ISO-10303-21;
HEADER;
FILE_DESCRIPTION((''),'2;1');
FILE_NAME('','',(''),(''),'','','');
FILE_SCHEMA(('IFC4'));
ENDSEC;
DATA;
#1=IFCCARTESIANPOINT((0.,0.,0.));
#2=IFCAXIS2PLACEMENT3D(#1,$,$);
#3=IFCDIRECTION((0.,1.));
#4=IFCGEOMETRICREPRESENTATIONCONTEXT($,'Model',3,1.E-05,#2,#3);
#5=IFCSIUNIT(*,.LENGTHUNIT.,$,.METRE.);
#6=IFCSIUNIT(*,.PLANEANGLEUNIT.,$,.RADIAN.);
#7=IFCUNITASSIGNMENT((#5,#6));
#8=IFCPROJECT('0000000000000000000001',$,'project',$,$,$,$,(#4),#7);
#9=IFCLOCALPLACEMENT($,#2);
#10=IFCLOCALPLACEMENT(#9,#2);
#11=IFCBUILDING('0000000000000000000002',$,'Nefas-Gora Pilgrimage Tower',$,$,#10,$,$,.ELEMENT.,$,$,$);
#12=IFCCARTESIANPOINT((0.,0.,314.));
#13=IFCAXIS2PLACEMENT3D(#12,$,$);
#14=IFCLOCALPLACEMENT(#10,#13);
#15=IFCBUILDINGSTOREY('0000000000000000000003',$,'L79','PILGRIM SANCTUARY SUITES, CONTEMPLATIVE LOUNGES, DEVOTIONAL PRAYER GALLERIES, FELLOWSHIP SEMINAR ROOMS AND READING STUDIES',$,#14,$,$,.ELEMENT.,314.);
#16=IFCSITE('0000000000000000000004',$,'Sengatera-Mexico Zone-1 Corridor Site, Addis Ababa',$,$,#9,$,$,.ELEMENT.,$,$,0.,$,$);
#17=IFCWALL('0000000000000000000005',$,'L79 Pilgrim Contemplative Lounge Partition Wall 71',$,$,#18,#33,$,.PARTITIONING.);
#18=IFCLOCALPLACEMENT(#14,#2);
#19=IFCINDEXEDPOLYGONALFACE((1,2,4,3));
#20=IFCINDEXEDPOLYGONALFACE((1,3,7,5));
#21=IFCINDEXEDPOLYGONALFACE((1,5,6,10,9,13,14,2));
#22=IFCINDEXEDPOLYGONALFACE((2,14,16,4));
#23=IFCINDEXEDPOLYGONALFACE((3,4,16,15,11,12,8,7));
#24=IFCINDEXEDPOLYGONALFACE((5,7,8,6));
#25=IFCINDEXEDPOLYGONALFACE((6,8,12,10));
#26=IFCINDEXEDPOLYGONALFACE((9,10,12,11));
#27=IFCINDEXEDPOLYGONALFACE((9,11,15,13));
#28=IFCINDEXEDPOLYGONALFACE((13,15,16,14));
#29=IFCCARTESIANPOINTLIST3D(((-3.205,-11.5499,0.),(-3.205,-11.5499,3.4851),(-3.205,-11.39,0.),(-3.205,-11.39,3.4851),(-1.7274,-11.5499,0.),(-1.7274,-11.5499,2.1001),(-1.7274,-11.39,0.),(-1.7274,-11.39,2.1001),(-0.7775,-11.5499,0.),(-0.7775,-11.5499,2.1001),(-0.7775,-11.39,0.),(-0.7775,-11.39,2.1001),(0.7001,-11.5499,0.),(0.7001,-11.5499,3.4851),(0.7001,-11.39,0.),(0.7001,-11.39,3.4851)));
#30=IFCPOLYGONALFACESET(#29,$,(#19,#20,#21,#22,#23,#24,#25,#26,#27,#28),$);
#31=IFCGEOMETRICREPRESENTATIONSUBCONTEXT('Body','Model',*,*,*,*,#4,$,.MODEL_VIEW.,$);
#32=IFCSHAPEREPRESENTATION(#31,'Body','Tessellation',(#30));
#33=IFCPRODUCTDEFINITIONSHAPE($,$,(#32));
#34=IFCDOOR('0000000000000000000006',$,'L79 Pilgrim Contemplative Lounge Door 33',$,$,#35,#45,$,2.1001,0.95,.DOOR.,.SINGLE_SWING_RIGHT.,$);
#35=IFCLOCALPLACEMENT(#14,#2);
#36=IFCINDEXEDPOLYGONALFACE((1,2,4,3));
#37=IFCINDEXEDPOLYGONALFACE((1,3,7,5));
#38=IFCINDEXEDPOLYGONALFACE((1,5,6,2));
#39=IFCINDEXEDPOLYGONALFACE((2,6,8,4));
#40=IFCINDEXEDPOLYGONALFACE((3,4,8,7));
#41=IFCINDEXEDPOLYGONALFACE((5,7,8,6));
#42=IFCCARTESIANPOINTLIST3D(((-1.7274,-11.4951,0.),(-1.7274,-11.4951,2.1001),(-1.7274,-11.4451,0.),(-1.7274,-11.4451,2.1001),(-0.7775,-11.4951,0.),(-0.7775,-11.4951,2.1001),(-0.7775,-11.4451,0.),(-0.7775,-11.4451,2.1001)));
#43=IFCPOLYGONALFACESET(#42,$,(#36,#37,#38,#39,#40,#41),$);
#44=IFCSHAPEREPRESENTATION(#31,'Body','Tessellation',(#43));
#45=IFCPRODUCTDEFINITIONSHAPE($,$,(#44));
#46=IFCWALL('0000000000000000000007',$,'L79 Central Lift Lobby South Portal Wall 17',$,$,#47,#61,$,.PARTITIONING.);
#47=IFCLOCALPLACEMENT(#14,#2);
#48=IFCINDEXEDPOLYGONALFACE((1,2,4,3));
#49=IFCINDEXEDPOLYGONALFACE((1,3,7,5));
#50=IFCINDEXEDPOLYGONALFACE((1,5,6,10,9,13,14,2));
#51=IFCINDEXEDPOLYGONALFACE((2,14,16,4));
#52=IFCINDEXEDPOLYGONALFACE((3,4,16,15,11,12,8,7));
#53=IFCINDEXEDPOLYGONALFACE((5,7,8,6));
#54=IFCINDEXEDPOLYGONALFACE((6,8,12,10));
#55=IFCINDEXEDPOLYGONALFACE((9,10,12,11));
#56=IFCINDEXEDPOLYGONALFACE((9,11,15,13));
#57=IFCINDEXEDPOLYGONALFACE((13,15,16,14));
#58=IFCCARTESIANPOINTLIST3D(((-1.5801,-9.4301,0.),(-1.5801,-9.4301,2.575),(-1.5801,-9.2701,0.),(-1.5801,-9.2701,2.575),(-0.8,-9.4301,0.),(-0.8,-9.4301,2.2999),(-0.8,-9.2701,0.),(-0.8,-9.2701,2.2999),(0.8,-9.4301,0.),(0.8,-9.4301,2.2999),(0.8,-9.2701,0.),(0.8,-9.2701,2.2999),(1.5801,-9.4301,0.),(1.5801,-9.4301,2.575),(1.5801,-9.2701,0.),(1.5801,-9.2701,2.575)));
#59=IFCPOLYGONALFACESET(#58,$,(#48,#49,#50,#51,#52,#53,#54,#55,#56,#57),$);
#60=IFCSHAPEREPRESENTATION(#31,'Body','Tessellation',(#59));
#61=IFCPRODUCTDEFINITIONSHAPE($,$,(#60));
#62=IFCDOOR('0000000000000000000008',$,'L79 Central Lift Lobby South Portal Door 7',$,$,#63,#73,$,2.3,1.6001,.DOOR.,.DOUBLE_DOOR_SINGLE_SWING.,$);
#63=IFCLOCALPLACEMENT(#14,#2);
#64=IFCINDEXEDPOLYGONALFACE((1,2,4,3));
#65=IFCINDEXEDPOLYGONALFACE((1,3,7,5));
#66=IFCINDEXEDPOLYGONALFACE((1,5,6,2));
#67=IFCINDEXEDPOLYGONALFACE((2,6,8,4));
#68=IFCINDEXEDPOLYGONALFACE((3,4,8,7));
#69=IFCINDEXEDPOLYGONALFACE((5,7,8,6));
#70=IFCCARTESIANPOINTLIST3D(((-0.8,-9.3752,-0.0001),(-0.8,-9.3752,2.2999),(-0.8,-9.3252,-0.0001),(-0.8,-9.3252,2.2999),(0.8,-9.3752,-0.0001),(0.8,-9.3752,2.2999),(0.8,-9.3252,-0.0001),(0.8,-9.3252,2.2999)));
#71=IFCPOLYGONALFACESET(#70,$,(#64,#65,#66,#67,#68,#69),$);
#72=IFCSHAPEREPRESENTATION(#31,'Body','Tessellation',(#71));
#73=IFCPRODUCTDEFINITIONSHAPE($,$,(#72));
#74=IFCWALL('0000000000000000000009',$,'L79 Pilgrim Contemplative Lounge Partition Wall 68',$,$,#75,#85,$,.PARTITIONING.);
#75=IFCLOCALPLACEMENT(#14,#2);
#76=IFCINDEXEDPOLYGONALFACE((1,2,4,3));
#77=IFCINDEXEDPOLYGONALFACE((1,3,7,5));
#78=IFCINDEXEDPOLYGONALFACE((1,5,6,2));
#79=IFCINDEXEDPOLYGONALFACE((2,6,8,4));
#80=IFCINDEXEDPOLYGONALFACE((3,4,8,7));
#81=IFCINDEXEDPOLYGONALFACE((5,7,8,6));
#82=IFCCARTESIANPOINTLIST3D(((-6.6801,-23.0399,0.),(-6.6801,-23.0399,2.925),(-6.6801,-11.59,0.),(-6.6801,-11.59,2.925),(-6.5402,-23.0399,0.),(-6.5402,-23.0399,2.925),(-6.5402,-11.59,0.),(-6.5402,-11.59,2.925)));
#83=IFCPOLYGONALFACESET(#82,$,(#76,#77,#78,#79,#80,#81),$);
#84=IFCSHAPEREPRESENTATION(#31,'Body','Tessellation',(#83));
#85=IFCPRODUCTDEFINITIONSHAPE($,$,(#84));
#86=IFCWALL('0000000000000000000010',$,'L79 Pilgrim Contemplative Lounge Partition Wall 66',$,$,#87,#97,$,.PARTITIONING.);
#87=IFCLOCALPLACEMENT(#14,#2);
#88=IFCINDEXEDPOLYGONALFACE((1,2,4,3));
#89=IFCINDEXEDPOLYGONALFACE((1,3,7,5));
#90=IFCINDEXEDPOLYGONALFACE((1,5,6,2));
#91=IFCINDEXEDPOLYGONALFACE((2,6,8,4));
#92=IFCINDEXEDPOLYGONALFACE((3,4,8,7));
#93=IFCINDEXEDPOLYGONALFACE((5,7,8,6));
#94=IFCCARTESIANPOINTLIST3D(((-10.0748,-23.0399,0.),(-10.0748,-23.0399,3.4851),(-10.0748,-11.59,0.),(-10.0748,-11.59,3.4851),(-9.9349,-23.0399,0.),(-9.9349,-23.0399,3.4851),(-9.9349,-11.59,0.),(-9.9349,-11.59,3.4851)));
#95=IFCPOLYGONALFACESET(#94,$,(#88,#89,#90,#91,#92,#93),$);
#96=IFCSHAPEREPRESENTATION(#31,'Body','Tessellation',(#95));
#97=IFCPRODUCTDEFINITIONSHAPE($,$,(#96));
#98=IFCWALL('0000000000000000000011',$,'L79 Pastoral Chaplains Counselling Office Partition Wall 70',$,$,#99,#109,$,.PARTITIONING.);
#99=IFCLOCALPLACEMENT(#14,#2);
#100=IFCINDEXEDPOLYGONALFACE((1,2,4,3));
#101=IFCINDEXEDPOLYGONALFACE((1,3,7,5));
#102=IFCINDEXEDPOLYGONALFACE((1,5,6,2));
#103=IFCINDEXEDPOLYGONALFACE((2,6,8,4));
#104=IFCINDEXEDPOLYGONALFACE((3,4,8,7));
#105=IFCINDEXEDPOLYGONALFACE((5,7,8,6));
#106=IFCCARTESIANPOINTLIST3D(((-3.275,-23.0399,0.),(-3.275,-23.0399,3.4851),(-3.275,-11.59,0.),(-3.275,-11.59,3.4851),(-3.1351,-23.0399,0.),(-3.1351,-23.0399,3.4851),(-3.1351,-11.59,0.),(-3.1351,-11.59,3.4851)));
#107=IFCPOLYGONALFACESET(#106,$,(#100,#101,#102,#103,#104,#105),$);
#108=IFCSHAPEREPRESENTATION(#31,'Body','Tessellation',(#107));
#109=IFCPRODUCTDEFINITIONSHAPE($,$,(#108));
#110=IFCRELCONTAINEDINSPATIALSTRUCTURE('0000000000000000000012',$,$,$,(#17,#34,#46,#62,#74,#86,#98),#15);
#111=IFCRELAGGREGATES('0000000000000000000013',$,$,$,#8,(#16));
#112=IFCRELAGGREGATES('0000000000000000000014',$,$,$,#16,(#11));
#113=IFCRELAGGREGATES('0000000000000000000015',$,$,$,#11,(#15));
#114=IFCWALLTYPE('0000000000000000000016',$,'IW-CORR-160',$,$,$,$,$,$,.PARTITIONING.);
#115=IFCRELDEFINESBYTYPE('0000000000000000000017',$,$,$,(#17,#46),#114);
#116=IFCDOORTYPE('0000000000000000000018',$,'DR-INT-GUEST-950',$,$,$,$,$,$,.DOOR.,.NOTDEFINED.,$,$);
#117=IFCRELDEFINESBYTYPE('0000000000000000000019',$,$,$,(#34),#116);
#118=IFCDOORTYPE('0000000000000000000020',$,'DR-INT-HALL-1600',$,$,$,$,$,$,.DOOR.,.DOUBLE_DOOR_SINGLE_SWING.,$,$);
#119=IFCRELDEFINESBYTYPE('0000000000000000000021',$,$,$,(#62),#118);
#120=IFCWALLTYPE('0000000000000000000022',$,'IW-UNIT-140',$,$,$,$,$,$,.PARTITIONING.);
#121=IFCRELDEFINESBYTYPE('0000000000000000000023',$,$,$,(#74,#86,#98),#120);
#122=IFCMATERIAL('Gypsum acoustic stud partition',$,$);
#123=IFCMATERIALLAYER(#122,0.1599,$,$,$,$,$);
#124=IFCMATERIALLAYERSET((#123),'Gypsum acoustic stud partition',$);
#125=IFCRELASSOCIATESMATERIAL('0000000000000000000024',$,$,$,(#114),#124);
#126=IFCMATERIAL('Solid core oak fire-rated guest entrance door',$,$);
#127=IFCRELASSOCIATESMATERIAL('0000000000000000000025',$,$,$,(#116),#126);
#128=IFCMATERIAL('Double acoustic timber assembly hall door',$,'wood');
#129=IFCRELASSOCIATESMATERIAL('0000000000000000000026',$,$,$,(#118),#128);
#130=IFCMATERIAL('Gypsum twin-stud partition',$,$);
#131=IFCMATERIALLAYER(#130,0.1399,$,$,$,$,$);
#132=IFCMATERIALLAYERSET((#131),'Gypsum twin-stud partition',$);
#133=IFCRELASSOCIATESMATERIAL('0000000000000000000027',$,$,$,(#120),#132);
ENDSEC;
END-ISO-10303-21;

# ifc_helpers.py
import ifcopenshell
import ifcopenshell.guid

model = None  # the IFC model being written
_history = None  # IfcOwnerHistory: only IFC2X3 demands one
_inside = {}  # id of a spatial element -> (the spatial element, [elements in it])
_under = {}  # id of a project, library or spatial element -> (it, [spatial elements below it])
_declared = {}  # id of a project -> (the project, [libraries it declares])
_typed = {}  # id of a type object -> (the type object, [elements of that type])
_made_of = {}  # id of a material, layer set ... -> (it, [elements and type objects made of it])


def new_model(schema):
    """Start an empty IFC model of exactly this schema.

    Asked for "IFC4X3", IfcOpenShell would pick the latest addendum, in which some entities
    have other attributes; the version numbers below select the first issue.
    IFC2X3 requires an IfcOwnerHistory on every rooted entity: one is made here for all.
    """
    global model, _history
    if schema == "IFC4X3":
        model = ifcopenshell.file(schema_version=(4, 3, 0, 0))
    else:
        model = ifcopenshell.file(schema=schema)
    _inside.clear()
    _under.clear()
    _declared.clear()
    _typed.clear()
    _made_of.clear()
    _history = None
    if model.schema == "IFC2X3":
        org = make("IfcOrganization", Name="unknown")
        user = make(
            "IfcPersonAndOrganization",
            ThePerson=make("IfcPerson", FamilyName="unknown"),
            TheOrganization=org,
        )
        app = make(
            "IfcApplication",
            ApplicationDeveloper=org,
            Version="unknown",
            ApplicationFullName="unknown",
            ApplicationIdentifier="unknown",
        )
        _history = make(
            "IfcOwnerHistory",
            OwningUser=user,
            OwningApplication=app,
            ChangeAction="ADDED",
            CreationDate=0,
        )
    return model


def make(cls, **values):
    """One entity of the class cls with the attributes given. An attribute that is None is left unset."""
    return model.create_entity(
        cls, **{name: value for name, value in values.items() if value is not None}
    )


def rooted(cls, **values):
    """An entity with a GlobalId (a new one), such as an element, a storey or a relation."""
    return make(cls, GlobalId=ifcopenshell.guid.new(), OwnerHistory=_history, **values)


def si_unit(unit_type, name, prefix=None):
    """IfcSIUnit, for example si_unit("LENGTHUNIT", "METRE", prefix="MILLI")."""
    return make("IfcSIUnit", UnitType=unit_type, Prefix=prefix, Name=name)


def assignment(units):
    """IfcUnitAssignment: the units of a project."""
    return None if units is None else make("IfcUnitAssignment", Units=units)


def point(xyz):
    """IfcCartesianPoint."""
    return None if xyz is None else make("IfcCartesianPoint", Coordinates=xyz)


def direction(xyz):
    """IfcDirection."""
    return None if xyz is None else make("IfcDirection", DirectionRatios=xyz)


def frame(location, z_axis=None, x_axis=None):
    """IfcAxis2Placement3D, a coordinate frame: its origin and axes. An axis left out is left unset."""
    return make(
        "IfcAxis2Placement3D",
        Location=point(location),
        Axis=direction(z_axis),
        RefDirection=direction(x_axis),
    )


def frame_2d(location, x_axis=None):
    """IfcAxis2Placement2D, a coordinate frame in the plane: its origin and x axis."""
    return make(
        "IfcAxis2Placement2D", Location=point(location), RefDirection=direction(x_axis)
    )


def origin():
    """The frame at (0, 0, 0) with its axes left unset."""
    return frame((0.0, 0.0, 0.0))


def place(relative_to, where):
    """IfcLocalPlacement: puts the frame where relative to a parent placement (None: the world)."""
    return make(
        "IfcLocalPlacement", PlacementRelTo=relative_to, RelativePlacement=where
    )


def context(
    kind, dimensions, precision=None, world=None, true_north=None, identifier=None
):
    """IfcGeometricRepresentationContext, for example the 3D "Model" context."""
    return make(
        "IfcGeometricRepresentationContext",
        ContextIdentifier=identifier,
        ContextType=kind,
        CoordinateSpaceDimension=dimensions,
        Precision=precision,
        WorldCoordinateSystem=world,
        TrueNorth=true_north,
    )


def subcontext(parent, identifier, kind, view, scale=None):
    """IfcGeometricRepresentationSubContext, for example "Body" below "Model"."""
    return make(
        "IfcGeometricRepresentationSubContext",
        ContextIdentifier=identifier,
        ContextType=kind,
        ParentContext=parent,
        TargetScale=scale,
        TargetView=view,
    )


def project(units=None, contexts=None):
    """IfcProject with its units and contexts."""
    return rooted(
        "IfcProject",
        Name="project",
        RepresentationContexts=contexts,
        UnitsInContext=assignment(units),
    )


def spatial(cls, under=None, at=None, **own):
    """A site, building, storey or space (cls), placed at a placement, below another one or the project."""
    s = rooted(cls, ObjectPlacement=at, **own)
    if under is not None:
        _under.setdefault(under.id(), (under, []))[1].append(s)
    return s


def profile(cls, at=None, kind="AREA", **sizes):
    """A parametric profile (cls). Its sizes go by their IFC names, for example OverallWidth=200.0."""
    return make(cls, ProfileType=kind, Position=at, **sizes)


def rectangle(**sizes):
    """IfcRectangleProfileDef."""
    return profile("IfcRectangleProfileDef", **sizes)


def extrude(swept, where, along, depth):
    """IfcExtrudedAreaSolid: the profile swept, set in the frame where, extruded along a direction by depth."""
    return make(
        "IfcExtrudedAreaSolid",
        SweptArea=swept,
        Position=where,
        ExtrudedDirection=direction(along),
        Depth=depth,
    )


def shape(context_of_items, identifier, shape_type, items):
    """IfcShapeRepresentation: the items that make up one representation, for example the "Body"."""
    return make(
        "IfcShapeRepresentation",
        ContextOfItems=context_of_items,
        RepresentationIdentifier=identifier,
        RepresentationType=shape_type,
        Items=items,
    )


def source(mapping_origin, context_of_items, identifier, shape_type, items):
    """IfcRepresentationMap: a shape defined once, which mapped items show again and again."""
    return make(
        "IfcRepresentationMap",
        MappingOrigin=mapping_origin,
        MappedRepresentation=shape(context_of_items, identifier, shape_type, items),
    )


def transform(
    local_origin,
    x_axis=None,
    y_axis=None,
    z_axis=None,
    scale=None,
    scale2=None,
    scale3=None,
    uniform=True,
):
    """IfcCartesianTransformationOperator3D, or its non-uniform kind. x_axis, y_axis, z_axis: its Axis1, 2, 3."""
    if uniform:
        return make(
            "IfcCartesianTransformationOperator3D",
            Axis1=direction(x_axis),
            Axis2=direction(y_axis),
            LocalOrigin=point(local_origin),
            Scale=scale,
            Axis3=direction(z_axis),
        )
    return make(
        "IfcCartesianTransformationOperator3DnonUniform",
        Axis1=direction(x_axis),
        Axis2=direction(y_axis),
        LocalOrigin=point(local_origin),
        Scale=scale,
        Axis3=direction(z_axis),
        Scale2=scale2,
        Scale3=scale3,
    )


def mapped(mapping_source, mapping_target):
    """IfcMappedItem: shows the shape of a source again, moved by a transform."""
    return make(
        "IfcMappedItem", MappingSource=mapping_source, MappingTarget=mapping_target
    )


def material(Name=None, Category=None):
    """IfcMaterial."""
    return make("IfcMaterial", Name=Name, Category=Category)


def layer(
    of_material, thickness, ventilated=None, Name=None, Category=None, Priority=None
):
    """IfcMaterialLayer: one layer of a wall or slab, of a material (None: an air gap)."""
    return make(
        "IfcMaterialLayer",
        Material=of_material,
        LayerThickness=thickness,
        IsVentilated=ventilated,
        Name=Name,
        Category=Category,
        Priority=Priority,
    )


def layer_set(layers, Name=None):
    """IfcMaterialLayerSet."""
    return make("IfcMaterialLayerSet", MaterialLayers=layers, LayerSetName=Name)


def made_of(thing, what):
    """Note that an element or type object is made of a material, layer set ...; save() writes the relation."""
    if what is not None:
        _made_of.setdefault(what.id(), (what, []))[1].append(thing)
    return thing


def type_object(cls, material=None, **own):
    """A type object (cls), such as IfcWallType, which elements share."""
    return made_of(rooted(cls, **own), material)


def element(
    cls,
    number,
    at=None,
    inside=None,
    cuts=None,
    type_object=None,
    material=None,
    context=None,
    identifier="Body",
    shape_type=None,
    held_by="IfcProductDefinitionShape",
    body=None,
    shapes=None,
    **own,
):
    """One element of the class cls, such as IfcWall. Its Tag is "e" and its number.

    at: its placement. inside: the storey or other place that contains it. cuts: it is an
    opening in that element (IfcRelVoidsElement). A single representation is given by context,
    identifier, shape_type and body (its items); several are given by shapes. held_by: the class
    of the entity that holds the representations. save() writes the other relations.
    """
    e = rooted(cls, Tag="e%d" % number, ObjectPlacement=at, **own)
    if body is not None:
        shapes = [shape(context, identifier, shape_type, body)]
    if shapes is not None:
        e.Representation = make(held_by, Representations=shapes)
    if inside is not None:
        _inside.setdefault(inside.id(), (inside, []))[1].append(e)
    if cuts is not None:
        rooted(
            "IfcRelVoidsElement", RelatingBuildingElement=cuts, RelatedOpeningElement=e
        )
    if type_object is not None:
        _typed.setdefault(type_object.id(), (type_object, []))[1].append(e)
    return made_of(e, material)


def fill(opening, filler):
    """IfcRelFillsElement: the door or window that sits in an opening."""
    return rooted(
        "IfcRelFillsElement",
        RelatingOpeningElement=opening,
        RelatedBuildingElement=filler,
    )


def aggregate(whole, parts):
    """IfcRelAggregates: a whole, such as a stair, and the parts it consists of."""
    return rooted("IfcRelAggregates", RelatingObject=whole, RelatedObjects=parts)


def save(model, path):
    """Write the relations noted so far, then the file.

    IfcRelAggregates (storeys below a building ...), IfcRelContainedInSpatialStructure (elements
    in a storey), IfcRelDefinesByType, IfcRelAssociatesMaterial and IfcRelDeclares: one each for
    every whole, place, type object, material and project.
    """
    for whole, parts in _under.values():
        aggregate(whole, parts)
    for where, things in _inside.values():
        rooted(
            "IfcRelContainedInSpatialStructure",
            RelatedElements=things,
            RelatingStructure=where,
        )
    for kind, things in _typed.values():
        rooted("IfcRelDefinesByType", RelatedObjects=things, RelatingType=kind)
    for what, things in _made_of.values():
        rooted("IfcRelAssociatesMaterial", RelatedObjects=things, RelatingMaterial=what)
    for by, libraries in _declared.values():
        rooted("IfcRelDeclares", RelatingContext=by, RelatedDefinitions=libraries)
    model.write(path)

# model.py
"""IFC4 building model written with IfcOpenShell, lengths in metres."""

from ifc_helpers import new_model, si_unit, direction, frame, frame_2d, origin, place, context, subcontext, project, spatial, rectangle, extrude, source, transform, mapped, material, layer, layer_set, type_object, element, fill, save


model = new_model("IFC4")

# Units and contexts
model_context = context("Model", 3, precision=1e-05, world=origin(), true_north=direction((0.0, 1.0)))
body_context = subcontext(model_context, "Body", "Model", "MODEL_VIEW")
ifc_project = project(units=[si_unit("LENGTHUNIT", "METRE"), si_unit("PLANEANGLEUNIT", "RADIAN")], contexts=[model_context])

# Site, building, storey
site_placement = place(None, origin())
site = spatial("IfcSite", under=ifc_project, at=site_placement, Name="Sengatera-Mexico Zone-1 Corridor Site, Addis Ababa", CompositionType="ELEMENT", RefElevation=0.0)
building_placement = place(site_placement, origin())
building = spatial("IfcBuilding", under=site, at=building_placement, Name="Nefas-Gora Pilgrimage Tower", CompositionType="ELEMENT")
storey_placement = place(building_placement, frame((0.0, 0.0, 314.0)))
storey = spatial("IfcBuildingStorey", under=building, at=storey_placement, Name="L79", Description="PILGRIM SANCTUARY SUITES, CONTEMPLATIVE LOUNGES, DEVOTIONAL PRAYER GALLERIES, FELLOWSHIP SEMINAR ROOMS AND READING STUDIES", CompositionType="ELEMENT", Elevation=314.0)

# Walls, openings, doors
ifc_material_1 = material(Name="Gypsum acoustic stud partition")
ifc_layer_1 = layer(ifc_material_1, 0.1599)
ifc_layer_set_1 = layer_set([ifc_layer_1], Name="Gypsum acoustic stud partition")
wall_type_1 = type_object("IfcWallType", Name="IW-CORR-160", PredefinedType="PARTITIONING", material=ifc_layer_set_1)
ifc_material_2 = material(Name="Solid core oak fire-rated guest entrance door")
door_type_1 = type_object("IfcDoorType", Name="DR-INT-GUEST-950", OperationType="NOTDEFINED", PredefinedType="DOOR", material=ifc_material_2)
shared_shape_1 = source(origin(), body_context, "Body", "SweptSolid", [
    extrude(rectangle(XDim=0.95, YDim=2.1001, at=frame_2d((0.4751, 1.05))), frame((0.0, 0.0249, 0.0), z_axis=(0.0, -1.0, 0.0), x_axis=(1.0, 0.0, 0.0)), (0.0, 0.0, 1.0), 0.05),
])
shared_shape_2 = source(origin(), body_context, "Body", "SweptSolid", [
    extrude(rectangle(XDim=3.905, YDim=0.1599, at=frame_2d((1.9526, 0.0))), origin(), (0.0, 0.0, 1.0), 3.4851),
])
wall_1_placement = place(storey_placement, frame((-3.2051, -11.47, 0.0), z_axis=(0.0, 0.0, 1.0), x_axis=(1.0, 0.0, 0.0)))
wall_1 = element("IfcWall", 1, at=wall_1_placement, inside=storey, type_object=wall_type_1, Name="L79 Pilgrim Contemplative Lounge Partition Wall 71", PredefinedType="PARTITIONING", context=body_context, shape_type="MappedRepresentation", body=[
    mapped(shared_shape_2, transform((0.0, 0.0, 0.0), x_axis=(1.0, 0.0, 0.0), y_axis=(0.0, 1.0, 0.0), z_axis=(0.0, 0.0, 1.0), scale=1.0)),
])
opening_1_placement = place(wall_1_placement, frame((1.4775, 0.0, 0.0)))
opening_1 = element("IfcOpeningElement", 2, at=opening_1_placement, cuts=wall_1, PredefinedType="OPENING", context=body_context, shape_type="SweptSolid", body=[
    extrude(rectangle(XDim=0.95, YDim=2.1001, at=frame_2d((0.4751, 1.05))), frame((0.0, 0.0898, 0.0), z_axis=(0.0, -1.0, 0.0), x_axis=(1.0, 0.0, 0.0)), (0.0, 0.0, 1.0), 0.1799),
])
door_1_placement = place(opening_1_placement, origin())
door_1 = element("IfcDoor", 3, at=door_1_placement, inside=storey, type_object=door_type_1, Name="L79 Pilgrim Contemplative Lounge Door 33", OperationType="SINGLE_SWING_RIGHT", OverallHeight=2.1001, OverallWidth=0.95, PredefinedType="DOOR", context=body_context, shape_type="MappedRepresentation", body=[
    mapped(shared_shape_1, transform((0.0, 0.0, 0.0), x_axis=(1.0, 0.0, 0.0), y_axis=(0.0, 1.0, 0.0), z_axis=(0.0, 0.0, 1.0), scale=1.0)),
])
fill(opening_1, door_1)
shared_shape_3 = source(origin(), body_context, "Body", "SweptSolid", [
    extrude(rectangle(XDim=3.1602, YDim=0.1599, at=frame_2d((1.5801, 0.0))), origin(), (0.0, 0.0, 1.0), 2.575),
])
wall_2_placement = place(storey_placement, frame((-1.5801, -9.3501, 0.0), z_axis=(0.0, 0.0, 1.0), x_axis=(1.0, 0.0, 0.0)))
wall_2 = element("IfcWall", 4, at=wall_2_placement, inside=storey, type_object=wall_type_1, Name="L79 Central Lift Lobby South Portal Wall 17", PredefinedType="PARTITIONING", context=body_context, shape_type="MappedRepresentation", body=[
    mapped(shared_shape_3, transform((0.0, 0.0, 0.0), x_axis=(1.0, 0.0, 0.0), y_axis=(0.0, 1.0, 0.0), z_axis=(0.0, 0.0, 1.0), scale=1.0)),
])
opening_2_placement = place(wall_2_placement, frame((0.78, 0.0, 0.0)))
opening_2 = element("IfcOpeningElement", 5, at=opening_2_placement, cuts=wall_2, PredefinedType="OPENING", context=body_context, shape_type="SweptSolid", body=[
    extrude(rectangle(XDim=1.6001, YDim=2.3, at=frame_2d((0.8, 1.1499))), frame((0.0, 0.0898, 0.0), z_axis=(0.0, -1.0, 0.0), x_axis=(1.0, 0.0, 0.0)), (0.0, 0.0, 1.0), 0.1799),
])
ifc_material_3 = material(Name="Double acoustic timber assembly hall door", Category="wood")
door_type_2 = type_object("IfcDoorType", Name="DR-INT-HALL-1600", OperationType="DOUBLE_DOOR_SINGLE_SWING", PredefinedType="DOOR", material=ifc_material_3)
shared_shape_4 = source(origin(), body_context, "Body", "SweptSolid", [
    extrude(rectangle(XDim=1.6001, YDim=2.3, at=frame_2d((0.8, 1.1499))), frame((0.0, 0.0249, 0.0), z_axis=(0.0, -1.0, 0.0), x_axis=(1.0, 0.0, 0.0)), (0.0, 0.0, 1.0), 0.05),
])
door_2_placement = place(opening_2_placement, origin())
door_2 = element("IfcDoor", 6, at=door_2_placement, inside=storey, type_object=door_type_2, Name="L79 Central Lift Lobby South Portal Door 7", OperationType="DOUBLE_DOOR_SINGLE_SWING", OverallHeight=2.3, OverallWidth=1.6001, PredefinedType="DOOR", context=body_context, shape_type="MappedRepresentation", body=[
    mapped(shared_shape_4, transform((0.0, 0.0, 0.0), x_axis=(1.0, 0.0, 0.0), y_axis=(0.0, 1.0, 0.0), z_axis=(0.0, 0.0, 1.0), scale=1.0)),
])
fill(opening_2, door_2)

# Walls
ifc_material_4 = material(Name="Gypsum twin-stud partition")
ifc_layer_2 = layer(ifc_material_4, 0.1399)
ifc_layer_set_2 = layer_set([ifc_layer_2], Name="Gypsum twin-stud partition")
wall_type_2 = type_object("IfcWallType", Name="IW-UNIT-140", PredefinedType="PARTITIONING", material=ifc_layer_set_2)
shared_shape_5 = source(origin(), body_context, "Body", "SweptSolid", [
    extrude(rectangle(XDim=11.45, YDim=0.1399, at=frame_2d((5.7251, 0.0))), origin(), (0.0, 0.0, 1.0), 2.925),
])
wall_3_placement = place(storey_placement, frame((-6.6101, -23.04, 0.0), z_axis=(0.0, 0.0, 1.0), x_axis=(0.0, 1.0, 0.0)))
element("IfcWall", 7, at=wall_3_placement, inside=storey, type_object=wall_type_2, Name="L79 Pilgrim Contemplative Lounge Partition Wall 68", PredefinedType="PARTITIONING", context=body_context, shape_type="MappedRepresentation", body=[
    mapped(shared_shape_5, transform((0.0, 0.0, 0.0), x_axis=(1.0, 0.0, 0.0), y_axis=(0.0, 1.0, 0.0), z_axis=(0.0, 0.0, 1.0), scale=1.0)),
])
shared_shape_6 = source(origin(), body_context, "Body", "SweptSolid", [
    extrude(rectangle(XDim=11.45, YDim=0.1399, at=frame_2d((5.7251, 0.0))), origin(), (0.0, 0.0, 1.0), 3.4851),
])
for number, where, z_axis, x_axis, name in (
    (8, (-10.0049, -23.04, 0.0), (0.0, 0.0, 1.0), (0.0, 1.0, 0.0), "L79 Pilgrim Contemplative Lounge Partition Wall 66"),
    (9, (-3.2051, -23.04, 0.0), (0.0, 0.0, 1.0), (0.0, 1.0, 0.0), "L79 Pastoral Chaplains Counselling Office Partition Wall 70"),
):
    element("IfcWall", number, at=place(storey_placement, frame(where, z_axis=z_axis, x_axis=x_axis)), inside=storey, type_object=wall_type_2, Name=name, PredefinedType="PARTITIONING", context=body_context, shape_type="MappedRepresentation", body=[
        mapped(shared_shape_6, transform((0.0, 0.0, 0.0), x_axis=(1.0, 0.0, 0.0), y_axis=(0.0, 1.0, 0.0), z_axis=(0.0, 0.0, 1.0), scale=1.0)),
    ])

save(model, "model.ifc")
